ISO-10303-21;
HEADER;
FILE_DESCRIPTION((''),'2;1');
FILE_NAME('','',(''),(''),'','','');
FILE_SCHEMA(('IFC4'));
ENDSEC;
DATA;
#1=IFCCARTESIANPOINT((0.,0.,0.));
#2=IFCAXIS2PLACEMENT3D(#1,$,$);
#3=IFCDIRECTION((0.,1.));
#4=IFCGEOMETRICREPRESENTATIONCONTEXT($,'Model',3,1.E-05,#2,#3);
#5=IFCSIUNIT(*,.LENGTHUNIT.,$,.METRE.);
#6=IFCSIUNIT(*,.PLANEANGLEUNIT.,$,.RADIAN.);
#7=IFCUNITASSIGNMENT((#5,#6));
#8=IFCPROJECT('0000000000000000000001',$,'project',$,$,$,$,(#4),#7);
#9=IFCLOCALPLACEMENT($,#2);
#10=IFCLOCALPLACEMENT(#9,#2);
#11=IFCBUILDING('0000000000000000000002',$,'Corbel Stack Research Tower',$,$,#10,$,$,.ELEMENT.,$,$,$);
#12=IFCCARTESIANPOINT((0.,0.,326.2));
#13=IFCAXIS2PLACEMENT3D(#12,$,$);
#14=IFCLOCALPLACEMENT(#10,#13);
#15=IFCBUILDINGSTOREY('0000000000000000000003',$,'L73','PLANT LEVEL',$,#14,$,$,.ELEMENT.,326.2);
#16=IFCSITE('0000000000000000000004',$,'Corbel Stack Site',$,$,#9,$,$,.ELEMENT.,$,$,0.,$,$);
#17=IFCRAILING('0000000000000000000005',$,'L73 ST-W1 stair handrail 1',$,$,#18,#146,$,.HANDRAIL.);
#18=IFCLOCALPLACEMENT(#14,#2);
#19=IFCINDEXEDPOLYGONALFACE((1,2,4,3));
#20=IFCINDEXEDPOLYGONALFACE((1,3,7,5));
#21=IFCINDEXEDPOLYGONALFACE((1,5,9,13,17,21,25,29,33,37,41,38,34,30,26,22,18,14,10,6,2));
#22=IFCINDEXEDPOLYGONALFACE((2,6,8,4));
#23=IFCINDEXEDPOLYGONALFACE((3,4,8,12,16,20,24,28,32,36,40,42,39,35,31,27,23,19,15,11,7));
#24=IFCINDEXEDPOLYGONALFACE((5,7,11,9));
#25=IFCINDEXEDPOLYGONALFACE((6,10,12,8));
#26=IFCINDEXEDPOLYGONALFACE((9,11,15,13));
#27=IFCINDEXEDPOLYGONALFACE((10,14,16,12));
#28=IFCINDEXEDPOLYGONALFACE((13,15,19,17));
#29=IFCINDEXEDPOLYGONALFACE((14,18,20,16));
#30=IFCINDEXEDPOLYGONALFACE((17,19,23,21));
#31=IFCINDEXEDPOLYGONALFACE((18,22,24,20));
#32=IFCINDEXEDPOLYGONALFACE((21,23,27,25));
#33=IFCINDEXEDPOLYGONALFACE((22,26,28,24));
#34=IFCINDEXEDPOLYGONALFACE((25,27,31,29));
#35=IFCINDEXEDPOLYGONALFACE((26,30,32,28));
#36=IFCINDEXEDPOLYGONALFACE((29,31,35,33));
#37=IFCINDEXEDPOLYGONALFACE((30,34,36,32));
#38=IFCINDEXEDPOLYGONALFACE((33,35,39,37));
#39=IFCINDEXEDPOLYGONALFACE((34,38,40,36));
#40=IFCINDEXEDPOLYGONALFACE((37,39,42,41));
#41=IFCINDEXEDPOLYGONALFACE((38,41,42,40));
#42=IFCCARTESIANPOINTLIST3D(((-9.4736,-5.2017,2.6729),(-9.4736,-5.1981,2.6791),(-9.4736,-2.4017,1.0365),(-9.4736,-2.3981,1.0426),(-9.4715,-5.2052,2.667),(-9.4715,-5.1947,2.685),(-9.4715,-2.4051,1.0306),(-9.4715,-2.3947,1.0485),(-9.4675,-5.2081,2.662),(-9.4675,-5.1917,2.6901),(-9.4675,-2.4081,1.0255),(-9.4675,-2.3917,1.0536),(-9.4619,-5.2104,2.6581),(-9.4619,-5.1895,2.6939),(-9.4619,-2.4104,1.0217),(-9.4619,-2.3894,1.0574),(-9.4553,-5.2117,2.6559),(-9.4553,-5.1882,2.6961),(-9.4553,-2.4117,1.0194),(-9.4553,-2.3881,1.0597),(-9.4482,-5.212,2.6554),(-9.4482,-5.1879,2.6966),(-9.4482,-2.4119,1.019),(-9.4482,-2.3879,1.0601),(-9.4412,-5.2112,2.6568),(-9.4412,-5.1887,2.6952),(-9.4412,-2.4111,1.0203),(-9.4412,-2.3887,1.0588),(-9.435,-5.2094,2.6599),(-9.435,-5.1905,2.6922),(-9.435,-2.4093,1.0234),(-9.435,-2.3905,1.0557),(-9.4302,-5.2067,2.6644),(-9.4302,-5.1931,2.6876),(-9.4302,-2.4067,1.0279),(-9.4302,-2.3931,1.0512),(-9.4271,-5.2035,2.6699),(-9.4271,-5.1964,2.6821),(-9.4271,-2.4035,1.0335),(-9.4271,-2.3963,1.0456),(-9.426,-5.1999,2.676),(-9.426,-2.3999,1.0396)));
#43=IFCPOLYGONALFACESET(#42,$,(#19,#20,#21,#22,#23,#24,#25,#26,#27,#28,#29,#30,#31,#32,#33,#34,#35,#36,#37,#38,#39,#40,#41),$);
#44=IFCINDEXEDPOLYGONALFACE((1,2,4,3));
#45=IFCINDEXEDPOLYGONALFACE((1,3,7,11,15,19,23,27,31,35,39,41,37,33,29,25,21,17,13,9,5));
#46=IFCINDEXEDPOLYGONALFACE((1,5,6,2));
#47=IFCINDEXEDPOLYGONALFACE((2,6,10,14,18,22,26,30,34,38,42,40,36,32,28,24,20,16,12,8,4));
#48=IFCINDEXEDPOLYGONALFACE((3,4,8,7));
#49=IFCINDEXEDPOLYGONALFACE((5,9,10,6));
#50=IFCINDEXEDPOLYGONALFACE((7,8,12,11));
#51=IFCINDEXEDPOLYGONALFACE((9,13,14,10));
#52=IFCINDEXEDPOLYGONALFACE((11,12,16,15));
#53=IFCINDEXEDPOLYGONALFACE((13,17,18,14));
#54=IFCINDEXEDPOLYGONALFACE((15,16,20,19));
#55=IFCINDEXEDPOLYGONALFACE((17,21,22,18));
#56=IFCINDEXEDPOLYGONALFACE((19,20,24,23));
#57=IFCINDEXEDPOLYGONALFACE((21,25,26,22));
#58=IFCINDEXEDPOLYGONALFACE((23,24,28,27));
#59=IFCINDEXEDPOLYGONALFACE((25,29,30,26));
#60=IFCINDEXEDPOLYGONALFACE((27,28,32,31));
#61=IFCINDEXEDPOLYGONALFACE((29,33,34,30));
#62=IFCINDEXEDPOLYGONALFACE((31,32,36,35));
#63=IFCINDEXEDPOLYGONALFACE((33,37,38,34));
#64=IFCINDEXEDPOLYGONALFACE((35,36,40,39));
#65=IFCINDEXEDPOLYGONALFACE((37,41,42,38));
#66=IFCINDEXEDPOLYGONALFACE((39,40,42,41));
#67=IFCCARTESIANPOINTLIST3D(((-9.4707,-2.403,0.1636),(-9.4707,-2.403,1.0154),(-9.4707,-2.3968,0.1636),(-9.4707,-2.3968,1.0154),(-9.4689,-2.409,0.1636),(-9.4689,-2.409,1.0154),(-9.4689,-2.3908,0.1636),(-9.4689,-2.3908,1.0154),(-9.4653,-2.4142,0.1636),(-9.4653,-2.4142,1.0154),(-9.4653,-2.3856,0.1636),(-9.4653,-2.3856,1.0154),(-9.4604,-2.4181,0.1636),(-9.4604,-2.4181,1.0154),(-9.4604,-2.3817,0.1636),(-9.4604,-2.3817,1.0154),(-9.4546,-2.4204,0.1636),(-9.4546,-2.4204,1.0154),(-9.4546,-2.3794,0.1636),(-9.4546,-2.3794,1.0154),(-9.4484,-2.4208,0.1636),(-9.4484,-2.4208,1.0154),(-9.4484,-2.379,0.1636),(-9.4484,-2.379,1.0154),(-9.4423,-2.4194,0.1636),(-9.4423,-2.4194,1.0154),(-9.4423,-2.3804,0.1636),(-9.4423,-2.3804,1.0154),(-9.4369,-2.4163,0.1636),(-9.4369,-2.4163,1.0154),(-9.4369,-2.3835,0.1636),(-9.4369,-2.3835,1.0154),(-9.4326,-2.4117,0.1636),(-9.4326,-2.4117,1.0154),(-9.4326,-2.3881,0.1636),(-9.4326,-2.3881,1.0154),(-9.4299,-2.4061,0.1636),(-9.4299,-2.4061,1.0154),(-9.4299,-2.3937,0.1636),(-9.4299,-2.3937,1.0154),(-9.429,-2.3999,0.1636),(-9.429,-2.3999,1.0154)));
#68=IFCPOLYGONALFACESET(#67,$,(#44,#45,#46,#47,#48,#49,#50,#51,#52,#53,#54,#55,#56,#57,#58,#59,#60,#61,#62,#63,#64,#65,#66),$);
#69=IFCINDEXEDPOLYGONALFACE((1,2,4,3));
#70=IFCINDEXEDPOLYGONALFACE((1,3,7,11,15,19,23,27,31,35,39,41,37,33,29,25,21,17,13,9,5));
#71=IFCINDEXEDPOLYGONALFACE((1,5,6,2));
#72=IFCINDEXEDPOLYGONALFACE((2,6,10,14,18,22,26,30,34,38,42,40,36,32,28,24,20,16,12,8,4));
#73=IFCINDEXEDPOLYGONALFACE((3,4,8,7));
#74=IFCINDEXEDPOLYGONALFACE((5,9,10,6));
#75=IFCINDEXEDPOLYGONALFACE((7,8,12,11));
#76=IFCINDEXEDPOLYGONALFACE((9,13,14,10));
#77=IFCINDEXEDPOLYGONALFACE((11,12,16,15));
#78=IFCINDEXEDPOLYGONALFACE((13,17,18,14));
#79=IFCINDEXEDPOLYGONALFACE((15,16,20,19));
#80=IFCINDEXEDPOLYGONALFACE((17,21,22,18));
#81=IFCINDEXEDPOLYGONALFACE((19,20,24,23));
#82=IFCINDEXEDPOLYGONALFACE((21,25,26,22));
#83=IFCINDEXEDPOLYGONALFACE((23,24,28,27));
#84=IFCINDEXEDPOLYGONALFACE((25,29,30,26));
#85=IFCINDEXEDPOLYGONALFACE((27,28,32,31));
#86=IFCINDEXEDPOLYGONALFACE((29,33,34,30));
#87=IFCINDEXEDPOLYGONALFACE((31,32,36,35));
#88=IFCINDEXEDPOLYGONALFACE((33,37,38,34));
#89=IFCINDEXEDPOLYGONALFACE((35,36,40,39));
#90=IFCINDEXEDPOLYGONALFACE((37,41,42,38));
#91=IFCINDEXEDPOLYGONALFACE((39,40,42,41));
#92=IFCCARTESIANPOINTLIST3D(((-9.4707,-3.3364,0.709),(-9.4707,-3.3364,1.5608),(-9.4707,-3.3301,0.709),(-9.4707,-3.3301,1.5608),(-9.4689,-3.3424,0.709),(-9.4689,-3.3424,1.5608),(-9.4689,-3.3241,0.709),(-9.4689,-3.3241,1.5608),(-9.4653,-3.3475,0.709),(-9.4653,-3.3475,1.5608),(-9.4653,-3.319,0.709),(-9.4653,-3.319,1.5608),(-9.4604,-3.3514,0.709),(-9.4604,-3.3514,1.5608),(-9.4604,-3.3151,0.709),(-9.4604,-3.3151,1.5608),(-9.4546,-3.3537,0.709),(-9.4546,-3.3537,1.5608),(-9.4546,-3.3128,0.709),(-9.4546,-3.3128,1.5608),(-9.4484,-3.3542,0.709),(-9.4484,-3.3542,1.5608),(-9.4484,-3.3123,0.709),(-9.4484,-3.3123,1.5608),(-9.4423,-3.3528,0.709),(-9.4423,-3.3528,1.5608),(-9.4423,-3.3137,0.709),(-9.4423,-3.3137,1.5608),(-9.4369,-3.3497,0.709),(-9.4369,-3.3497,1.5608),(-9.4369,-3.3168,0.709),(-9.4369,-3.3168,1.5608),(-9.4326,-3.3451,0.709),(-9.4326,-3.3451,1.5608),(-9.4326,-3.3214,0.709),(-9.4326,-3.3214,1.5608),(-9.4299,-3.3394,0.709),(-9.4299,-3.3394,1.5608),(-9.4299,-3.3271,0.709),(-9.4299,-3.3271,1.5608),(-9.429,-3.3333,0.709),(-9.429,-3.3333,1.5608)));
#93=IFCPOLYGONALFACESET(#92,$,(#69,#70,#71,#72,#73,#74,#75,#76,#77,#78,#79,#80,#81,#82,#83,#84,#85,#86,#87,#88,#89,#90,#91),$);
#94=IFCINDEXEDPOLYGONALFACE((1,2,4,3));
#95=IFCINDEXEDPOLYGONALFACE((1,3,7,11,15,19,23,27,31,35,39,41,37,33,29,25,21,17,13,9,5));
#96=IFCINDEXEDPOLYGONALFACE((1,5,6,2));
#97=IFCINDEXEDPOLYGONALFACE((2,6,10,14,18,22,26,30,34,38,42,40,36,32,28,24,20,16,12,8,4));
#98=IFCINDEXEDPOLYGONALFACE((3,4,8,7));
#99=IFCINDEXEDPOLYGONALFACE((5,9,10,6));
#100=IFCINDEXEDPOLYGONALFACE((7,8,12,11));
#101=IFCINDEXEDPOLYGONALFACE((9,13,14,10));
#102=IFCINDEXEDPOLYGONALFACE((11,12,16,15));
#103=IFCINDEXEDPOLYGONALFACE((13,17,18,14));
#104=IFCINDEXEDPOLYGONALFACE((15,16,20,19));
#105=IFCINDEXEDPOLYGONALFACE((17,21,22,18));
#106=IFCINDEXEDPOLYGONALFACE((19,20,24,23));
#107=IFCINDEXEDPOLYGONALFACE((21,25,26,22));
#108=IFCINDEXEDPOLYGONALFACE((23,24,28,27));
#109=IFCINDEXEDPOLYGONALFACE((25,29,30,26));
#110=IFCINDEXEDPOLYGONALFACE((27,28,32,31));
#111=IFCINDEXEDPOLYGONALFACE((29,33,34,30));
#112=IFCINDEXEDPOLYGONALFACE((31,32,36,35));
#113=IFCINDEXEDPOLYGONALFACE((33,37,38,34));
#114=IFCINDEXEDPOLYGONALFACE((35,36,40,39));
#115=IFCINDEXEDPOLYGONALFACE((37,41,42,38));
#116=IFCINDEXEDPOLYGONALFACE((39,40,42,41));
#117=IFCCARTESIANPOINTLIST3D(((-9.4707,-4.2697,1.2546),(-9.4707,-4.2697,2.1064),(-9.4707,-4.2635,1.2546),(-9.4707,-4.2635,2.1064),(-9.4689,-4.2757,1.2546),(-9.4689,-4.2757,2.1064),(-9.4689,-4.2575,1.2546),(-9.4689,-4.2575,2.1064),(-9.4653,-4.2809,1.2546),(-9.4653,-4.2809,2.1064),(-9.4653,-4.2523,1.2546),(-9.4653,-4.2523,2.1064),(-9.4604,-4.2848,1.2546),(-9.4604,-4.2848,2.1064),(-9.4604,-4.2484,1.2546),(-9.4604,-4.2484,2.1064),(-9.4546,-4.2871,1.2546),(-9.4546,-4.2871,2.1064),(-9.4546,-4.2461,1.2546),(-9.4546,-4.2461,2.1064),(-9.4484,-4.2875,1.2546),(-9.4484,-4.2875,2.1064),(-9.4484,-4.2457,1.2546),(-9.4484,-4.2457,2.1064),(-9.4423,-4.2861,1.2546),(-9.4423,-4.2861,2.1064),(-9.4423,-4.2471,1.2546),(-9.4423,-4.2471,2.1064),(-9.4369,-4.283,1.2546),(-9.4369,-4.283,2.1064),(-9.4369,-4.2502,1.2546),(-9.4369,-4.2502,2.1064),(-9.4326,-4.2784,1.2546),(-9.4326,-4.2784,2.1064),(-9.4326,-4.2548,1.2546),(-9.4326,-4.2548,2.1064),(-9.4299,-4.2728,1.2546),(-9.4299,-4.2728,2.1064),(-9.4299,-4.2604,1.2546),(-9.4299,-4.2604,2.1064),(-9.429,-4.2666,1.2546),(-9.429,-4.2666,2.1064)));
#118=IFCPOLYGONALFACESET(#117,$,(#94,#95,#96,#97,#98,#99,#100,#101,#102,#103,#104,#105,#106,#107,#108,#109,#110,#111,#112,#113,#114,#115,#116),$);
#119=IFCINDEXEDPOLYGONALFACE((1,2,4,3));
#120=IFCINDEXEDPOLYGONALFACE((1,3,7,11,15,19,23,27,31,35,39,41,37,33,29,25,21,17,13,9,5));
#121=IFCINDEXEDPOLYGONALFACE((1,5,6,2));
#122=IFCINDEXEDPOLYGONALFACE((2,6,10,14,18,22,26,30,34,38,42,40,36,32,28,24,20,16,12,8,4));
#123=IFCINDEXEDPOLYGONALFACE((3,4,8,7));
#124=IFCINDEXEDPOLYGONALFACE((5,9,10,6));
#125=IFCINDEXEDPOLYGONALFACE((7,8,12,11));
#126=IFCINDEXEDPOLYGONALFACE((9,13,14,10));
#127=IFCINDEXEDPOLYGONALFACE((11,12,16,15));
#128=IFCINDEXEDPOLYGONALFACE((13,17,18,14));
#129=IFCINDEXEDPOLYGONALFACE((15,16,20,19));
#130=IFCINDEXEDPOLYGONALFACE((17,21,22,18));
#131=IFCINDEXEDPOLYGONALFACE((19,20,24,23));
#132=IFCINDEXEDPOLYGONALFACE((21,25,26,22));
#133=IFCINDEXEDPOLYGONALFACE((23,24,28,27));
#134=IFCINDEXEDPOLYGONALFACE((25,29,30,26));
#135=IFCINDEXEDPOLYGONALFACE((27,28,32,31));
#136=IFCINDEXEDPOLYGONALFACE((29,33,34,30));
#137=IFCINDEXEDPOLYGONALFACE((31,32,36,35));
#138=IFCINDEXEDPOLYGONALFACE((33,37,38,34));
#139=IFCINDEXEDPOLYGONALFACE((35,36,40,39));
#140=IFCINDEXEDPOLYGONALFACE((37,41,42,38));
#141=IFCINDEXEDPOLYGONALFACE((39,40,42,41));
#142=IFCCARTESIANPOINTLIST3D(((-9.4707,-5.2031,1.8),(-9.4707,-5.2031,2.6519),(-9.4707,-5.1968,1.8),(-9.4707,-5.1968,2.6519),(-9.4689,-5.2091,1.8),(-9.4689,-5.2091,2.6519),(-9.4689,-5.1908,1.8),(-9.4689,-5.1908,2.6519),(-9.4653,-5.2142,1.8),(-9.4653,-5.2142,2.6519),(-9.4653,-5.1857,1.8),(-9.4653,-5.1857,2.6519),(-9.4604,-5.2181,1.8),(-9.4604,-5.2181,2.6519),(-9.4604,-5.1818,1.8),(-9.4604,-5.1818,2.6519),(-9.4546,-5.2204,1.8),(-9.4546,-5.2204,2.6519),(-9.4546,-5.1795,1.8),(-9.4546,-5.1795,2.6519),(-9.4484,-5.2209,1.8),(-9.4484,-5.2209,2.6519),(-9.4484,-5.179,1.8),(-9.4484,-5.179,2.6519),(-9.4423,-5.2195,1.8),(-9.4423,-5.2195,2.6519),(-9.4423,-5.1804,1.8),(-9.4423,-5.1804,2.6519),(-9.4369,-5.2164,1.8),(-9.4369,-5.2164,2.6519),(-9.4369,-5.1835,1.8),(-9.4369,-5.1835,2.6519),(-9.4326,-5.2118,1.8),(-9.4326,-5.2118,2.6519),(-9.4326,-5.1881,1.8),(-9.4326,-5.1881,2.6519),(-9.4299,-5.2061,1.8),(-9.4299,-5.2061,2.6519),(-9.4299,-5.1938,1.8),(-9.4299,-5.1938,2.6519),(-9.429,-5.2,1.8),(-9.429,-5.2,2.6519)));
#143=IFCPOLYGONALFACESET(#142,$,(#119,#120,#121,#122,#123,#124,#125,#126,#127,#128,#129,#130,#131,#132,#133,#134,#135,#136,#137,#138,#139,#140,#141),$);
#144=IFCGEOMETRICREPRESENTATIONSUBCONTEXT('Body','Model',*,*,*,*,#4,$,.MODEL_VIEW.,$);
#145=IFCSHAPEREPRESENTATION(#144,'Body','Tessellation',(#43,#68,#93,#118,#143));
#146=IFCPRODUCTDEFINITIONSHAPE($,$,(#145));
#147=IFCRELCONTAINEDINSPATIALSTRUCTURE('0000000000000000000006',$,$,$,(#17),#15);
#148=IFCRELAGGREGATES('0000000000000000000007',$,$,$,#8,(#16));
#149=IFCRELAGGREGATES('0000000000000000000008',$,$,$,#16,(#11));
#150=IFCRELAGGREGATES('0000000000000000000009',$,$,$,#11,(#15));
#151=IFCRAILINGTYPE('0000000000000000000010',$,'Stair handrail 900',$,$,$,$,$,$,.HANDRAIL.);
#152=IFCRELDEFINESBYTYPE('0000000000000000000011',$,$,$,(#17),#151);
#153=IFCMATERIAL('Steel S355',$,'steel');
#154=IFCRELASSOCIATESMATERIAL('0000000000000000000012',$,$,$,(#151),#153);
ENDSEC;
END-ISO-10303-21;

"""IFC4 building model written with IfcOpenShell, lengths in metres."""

from ifc_helpers import new_model, si_unit, direction, frame, origin, origin_2d, place, context, subcontext, project, spatial, circle, extrude, material, type_object, element, save


model = new_model("IFC4")

# Units and contexts
model_context = context("Model", 3, precision=1e-05, world=origin(), true_north=direction((0.0, 1.0)))
body_context = subcontext(model_context, "Body", "Model", "MODEL_VIEW")
ifc_project = project(units=[si_unit("LENGTHUNIT", "METRE"), si_unit("PLANEANGLEUNIT", "RADIAN")], contexts=[model_context])

# Site, building, storey
site_placement = place(None, origin())
site = spatial("IfcSite", under=ifc_project, at=site_placement, Name="Corbel Stack Site", CompositionType="ELEMENT", RefElevation=0.0)
building_placement = place(site_placement, origin())
building = spatial("IfcBuilding", under=site, at=building_placement, Name="Corbel Stack Research Tower", CompositionType="ELEMENT")
storey_placement = place(building_placement, frame((0.0, 0.0, 326.2)))
storey = spatial("IfcBuildingStorey", under=building, at=storey_placement, Name="L73", Description="PLANT LEVEL", CompositionType="ELEMENT", Elevation=326.2)

# Railing
ifc_material_1 = material(Name="Steel S355", Category="steel")
railing_type_1 = type_object("IfcRailingType", Name="Stair handrail 900", PredefinedType="HANDRAIL", material=ifc_material_1)
railing_1_placement = place(storey_placement, frame((-9.45, -2.3999, 0.1636)))
element("IfcRailing", 1, at=railing_1_placement, inside=storey, type_object=railing_type_1, Name="L73 ST-W1 stair handrail 1", PredefinedType="HANDRAIL", context=body_context, shape_type="SweptSolid", body=[
    extrude(circle(Radius=0.0239, at=origin_2d()), frame((0.0, 0.0, 0.876), z_axis=(0.0, -0.863361, 0.504587), x_axis=(1.0, 0.0, 0.0)), (0.0, 0.0, 1.0), 3.2432),
    extrude(circle(Radius=0.021, at=origin_2d()), origin(), (0.0, 0.0, 1.0), 0.8518),
    extrude(circle(Radius=0.021, at=origin_2d()), frame((0.0, -0.9333, 0.5454)), (0.0, 0.0, 1.0), 0.8518),
    extrude(circle(Radius=0.021, at=origin_2d()), frame((0.0, -1.8667, 1.0911)), (0.0, 0.0, 1.0), 0.8518),
    extrude(circle(Radius=0.021, at=origin_2d()), frame((0.0, -2.8, 1.6365)), (0.0, 0.0, 1.0), 0.8518),
])

save(model, "model.ifc")
